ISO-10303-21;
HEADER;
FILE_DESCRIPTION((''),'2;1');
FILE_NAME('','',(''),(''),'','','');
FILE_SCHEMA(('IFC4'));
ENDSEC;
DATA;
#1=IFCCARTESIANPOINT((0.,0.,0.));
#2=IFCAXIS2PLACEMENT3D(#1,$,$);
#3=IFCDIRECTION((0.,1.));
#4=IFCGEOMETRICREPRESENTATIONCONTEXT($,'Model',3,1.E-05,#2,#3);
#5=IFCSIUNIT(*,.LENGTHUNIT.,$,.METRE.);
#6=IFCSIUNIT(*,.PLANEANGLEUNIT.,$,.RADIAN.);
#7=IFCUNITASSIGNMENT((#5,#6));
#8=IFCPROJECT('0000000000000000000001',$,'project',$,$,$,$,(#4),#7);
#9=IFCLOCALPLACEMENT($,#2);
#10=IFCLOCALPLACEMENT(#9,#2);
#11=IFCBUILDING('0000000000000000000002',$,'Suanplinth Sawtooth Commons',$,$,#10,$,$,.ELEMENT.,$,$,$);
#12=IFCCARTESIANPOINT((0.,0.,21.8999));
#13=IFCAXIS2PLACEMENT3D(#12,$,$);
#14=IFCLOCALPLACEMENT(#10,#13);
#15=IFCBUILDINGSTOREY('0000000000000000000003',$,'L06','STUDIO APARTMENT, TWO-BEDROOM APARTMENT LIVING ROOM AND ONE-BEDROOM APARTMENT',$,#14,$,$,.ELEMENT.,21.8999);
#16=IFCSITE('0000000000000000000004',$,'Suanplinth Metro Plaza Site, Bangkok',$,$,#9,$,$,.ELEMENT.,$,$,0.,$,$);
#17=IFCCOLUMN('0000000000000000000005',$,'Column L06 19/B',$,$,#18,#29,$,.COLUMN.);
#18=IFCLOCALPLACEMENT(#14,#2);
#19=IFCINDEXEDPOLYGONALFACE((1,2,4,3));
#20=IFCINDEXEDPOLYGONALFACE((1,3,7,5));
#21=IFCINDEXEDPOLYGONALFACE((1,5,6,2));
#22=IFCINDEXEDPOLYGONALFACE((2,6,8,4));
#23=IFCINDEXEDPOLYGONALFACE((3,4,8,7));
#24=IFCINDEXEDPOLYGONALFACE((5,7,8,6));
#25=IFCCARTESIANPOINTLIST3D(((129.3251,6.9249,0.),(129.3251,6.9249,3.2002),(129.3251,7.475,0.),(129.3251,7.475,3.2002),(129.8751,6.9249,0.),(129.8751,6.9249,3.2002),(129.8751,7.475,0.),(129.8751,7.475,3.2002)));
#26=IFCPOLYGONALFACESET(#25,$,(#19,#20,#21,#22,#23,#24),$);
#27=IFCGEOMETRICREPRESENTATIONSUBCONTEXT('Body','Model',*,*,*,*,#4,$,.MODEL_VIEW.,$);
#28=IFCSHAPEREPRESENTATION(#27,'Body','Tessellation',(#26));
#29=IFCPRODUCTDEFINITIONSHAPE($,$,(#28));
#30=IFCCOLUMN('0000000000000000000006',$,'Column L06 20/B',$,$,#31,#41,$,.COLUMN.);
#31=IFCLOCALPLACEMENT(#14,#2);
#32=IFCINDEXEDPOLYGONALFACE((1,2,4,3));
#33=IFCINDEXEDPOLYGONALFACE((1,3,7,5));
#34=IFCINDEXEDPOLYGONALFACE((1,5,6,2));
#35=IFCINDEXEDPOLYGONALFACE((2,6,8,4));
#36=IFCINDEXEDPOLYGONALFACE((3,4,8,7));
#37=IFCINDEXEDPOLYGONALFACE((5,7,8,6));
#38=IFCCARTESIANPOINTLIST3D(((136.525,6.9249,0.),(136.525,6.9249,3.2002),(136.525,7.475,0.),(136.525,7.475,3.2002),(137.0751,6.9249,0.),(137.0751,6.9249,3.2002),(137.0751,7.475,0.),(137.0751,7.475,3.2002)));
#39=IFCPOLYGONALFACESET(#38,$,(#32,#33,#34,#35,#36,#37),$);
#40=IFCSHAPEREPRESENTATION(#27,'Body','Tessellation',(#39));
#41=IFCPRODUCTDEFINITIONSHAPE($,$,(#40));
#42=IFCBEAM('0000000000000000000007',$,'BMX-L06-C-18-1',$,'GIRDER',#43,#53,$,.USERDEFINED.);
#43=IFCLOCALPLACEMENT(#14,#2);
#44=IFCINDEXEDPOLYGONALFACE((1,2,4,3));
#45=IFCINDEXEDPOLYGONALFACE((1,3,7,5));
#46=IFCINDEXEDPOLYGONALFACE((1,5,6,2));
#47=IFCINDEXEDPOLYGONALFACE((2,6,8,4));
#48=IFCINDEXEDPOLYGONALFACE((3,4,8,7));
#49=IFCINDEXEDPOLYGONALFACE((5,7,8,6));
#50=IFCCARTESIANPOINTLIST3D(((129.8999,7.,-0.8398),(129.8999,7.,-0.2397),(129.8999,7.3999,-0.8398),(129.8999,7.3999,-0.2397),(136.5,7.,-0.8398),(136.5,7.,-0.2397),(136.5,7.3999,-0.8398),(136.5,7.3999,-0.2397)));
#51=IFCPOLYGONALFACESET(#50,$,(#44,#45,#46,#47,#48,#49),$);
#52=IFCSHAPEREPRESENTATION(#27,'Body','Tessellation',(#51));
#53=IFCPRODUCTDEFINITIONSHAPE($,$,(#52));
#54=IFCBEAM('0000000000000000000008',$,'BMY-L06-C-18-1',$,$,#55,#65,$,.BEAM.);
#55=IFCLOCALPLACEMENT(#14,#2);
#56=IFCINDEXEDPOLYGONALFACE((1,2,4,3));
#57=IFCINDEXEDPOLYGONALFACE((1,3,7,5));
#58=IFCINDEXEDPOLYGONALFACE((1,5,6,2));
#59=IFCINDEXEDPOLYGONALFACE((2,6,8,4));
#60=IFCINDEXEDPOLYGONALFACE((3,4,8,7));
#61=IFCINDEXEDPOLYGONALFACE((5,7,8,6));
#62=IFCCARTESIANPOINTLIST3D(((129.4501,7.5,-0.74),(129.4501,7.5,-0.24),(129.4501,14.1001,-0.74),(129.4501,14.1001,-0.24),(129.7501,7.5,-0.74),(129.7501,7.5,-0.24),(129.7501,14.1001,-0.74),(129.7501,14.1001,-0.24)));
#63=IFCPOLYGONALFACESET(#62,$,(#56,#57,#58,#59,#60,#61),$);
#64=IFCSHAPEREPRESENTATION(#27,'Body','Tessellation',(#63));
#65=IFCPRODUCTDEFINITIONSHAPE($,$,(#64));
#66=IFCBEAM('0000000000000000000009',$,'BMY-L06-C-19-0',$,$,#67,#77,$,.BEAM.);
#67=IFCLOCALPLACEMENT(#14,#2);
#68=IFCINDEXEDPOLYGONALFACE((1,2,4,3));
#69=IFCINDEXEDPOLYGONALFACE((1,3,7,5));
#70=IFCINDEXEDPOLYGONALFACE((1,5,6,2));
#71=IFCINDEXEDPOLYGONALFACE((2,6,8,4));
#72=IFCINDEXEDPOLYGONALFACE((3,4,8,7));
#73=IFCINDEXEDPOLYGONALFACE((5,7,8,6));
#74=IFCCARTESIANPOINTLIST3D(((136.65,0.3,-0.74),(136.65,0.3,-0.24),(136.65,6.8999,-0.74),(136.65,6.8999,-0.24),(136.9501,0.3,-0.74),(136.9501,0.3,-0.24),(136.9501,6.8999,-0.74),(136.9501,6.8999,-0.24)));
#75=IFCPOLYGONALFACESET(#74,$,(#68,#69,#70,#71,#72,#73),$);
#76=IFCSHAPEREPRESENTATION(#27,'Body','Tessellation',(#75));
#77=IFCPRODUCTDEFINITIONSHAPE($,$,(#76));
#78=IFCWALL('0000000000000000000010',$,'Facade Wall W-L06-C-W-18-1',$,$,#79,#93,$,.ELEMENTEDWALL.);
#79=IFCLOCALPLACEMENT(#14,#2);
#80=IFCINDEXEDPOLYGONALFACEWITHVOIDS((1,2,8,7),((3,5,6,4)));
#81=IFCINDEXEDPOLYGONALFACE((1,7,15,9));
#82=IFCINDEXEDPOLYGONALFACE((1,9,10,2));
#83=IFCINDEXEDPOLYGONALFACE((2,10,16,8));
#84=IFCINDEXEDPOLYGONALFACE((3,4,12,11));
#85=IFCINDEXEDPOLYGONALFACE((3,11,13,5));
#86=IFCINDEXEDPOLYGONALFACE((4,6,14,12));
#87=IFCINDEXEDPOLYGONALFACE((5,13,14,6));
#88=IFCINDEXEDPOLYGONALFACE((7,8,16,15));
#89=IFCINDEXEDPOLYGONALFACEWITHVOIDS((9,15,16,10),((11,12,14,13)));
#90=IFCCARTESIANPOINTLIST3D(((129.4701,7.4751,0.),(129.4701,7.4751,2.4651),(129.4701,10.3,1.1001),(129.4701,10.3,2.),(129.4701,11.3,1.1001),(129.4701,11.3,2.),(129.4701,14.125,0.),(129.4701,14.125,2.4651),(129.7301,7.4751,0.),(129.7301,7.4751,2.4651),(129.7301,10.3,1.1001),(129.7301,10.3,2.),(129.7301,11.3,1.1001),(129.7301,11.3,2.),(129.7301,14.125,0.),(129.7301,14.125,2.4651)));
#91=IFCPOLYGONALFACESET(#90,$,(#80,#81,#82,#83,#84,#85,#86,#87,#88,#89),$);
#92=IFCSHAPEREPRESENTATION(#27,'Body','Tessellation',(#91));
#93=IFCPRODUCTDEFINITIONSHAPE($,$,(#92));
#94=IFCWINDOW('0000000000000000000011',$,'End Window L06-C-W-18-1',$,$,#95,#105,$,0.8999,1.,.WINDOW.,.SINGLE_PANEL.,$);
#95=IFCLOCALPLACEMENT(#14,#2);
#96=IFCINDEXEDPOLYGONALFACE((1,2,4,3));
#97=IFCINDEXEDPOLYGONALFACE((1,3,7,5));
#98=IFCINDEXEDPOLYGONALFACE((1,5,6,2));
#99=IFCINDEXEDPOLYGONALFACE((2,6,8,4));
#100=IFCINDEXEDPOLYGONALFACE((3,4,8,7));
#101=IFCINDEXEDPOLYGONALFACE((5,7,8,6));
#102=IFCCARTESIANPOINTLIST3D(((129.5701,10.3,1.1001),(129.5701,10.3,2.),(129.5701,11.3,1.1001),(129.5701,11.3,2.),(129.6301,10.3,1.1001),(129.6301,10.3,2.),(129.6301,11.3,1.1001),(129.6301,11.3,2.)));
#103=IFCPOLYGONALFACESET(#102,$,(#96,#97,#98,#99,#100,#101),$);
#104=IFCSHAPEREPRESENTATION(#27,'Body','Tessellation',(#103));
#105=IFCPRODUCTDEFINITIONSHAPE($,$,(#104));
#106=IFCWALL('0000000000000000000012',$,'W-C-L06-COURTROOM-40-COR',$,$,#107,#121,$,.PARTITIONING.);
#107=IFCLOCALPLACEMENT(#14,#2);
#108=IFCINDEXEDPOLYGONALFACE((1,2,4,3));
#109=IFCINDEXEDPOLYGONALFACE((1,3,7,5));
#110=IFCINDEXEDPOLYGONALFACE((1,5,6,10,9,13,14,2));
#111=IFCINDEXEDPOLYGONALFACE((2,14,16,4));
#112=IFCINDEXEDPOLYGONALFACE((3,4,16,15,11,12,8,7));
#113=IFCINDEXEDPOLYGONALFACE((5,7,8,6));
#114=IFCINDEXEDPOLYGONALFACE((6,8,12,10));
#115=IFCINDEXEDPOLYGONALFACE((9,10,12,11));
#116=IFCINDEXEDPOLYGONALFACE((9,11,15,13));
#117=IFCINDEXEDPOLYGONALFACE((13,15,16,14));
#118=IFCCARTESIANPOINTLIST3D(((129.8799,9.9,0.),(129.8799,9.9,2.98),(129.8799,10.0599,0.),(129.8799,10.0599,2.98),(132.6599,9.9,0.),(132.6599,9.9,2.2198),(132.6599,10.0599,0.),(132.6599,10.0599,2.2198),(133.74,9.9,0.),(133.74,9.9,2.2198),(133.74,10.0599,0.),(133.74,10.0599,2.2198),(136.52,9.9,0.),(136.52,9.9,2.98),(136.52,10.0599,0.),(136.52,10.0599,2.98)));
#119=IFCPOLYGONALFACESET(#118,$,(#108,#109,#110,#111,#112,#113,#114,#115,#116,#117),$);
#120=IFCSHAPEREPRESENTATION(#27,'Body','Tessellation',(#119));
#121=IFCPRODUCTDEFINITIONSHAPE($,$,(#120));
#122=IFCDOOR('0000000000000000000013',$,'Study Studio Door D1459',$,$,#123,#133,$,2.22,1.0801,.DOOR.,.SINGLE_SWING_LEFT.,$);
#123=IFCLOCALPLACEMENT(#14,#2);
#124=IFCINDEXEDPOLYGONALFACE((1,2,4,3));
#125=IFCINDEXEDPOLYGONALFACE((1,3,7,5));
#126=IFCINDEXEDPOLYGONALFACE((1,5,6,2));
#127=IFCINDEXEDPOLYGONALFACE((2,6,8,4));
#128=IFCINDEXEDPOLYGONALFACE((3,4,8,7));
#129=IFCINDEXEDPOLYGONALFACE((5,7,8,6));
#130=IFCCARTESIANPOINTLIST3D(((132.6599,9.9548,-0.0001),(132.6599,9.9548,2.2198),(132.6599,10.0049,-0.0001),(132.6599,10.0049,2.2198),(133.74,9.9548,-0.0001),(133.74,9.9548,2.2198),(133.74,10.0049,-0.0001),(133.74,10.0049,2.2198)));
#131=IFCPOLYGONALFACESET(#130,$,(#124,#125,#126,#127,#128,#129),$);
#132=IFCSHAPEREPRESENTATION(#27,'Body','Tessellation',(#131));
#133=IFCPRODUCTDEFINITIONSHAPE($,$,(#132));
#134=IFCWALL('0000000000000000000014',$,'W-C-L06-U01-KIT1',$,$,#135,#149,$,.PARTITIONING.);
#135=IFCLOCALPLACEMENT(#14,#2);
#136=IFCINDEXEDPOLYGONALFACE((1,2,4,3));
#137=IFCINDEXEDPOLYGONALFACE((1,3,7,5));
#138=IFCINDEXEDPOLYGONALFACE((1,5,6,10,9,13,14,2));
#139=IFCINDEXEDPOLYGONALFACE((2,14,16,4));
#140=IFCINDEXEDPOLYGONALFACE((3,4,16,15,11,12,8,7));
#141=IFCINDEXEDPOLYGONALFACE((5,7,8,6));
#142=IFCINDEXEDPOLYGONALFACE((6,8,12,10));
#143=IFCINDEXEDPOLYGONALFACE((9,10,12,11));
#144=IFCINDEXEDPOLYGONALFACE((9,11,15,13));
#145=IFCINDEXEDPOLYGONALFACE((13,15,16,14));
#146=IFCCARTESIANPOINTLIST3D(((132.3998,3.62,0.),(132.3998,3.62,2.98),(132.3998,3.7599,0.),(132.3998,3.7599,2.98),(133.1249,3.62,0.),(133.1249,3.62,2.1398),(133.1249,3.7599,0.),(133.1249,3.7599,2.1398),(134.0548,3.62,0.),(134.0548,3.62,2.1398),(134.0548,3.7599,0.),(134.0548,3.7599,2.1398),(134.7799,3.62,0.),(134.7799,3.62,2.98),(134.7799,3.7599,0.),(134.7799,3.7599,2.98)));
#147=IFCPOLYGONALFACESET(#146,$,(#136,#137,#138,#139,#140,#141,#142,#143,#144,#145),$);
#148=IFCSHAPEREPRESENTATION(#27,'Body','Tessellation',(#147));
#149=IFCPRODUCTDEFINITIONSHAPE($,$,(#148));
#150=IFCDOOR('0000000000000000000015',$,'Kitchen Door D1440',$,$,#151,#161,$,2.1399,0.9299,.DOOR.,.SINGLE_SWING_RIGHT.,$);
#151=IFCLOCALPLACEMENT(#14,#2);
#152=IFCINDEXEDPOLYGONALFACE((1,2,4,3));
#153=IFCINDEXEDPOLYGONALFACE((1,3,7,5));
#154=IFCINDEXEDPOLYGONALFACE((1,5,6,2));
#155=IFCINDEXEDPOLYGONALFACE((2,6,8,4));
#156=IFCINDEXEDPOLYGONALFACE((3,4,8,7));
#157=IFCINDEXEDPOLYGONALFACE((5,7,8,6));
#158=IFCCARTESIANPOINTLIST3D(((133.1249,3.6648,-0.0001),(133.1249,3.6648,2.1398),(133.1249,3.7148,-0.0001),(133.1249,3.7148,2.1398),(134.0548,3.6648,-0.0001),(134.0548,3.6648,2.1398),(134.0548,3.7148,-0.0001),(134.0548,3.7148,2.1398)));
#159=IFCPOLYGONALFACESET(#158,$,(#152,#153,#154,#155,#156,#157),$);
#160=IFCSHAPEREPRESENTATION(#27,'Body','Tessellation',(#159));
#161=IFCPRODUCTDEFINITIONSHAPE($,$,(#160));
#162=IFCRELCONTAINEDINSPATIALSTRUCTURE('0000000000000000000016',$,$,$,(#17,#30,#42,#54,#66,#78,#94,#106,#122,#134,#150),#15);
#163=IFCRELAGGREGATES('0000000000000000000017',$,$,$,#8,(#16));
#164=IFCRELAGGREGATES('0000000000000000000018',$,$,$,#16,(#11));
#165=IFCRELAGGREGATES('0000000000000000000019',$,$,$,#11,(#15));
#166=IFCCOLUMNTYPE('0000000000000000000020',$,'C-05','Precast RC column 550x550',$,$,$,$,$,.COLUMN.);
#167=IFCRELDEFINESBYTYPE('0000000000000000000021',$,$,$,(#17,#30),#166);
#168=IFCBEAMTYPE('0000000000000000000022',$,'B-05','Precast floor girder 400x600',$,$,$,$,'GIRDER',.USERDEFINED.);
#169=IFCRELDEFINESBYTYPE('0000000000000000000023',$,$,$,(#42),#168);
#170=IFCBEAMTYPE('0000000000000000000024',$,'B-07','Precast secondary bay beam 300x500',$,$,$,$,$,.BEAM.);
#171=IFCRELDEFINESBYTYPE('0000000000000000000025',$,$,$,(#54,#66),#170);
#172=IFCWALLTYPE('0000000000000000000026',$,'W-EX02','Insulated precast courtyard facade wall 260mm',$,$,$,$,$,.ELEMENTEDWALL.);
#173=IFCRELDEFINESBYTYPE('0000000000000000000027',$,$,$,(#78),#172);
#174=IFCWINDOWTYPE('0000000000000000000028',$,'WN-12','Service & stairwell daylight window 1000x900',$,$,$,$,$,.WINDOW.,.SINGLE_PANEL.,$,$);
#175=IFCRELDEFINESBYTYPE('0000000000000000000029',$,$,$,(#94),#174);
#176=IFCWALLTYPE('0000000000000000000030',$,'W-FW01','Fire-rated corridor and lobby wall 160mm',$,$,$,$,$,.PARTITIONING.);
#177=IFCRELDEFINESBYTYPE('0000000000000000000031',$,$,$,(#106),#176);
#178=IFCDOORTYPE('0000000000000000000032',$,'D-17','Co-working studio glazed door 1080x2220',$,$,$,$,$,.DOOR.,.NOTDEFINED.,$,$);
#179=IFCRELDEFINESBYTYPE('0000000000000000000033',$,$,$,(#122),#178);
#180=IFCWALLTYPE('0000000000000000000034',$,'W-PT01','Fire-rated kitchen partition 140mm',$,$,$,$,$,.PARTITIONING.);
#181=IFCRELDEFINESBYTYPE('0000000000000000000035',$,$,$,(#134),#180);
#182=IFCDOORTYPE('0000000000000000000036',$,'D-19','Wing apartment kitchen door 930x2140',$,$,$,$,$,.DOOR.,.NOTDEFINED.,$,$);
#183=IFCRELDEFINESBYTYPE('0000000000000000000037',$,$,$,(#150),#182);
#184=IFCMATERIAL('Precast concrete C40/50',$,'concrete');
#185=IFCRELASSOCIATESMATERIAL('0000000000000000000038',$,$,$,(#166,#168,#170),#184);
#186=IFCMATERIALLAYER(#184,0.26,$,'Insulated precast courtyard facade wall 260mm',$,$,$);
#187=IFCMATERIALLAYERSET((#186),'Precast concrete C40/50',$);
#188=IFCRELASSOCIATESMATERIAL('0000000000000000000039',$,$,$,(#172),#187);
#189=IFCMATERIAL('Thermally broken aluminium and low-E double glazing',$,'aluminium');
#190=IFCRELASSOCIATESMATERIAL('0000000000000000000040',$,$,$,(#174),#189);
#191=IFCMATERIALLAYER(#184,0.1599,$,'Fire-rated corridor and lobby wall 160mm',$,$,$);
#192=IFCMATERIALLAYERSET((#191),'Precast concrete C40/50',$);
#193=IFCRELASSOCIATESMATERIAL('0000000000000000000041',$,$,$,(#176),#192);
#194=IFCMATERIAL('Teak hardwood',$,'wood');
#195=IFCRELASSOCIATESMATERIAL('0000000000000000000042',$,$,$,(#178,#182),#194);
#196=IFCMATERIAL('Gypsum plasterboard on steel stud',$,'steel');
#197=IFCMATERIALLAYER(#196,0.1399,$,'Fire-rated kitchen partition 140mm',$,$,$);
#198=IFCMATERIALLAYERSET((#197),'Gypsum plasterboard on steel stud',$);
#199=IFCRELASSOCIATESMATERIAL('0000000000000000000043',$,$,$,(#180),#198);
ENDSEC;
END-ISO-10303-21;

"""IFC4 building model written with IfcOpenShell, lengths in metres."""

from ifc_helpers import new_model, si_unit, direction, frame, frame_2d, origin, origin_2d, place, context, subcontext, project, spatial, rectangle, extrude, material, layer, layer_set, material_profile, profile_set, type_object, element, fill, save


model = new_model("IFC4")

# Units and contexts
model_context = context("Model", 3, precision=1e-05, world=origin(), true_north=direction((0.0, 1.0)))
body_context = subcontext(model_context, "Body", "Model", "MODEL_VIEW")
ifc_project = project(units=[si_unit("LENGTHUNIT", "METRE"), si_unit("PLANEANGLEUNIT", "RADIAN")], contexts=[model_context])

# Site, building, storey
site_placement = place(None, origin())
site = spatial("IfcSite", under=ifc_project, at=site_placement, Name="Suanplinth Metro Plaza Site, Bangkok", CompositionType="ELEMENT", RefElevation=0.0)
building_placement = place(site_placement, origin())
building = spatial("IfcBuilding", under=site, at=building_placement, Name="Suanplinth Sawtooth Commons", CompositionType="ELEMENT")
storey_placement = place(building_placement, frame((0.0, 0.0, 21.8999)))
storey = spatial("IfcBuildingStorey", under=building, at=storey_placement, Name="L06", Description="STUDIO APARTMENT, TWO-BEDROOM APARTMENT LIVING ROOM AND ONE-BEDROOM APARTMENT", CompositionType="ELEMENT", Elevation=21.8999)

# Columns
ifc_material_1 = material(Name="Precast concrete C40/50", Category="concrete")
ifc_material_profile_1 = material_profile(ifc_material_1, rectangle(XDim=0.55, YDim=0.55, at=origin_2d()), Name="PC-COL 550x550")
ifc_profile_set_1 = profile_set([ifc_material_profile_1], Name="Precast concrete C40/50")
column_type = type_object("IfcColumnType", Name="C-05", Description="Precast RC column 550x550", PredefinedType="COLUMN", material=ifc_profile_set_1)
for number, where, z_axis, x_axis, name in (
    (1, (129.6001, 7.2, 0.0), (0.0, 0.0, 1.0), (1.0, 0.0, 0.0), "Column L06 19/B"),
    (2, (136.8, 7.2, 0.0), (0.0, 0.0, 1.0), (1.0, 0.0, 0.0), "Column L06 20/B"),
):
    element("IfcColumn", number, at=place(storey_placement, frame(where, z_axis=z_axis, x_axis=x_axis)), inside=storey, type_object=column_type, Name=name, PredefinedType="COLUMN", context=body_context, shape_type="SweptSolid", body=[
        extrude(rectangle(XDim=0.55, YDim=0.55, at=origin_2d()), origin(), (0.0, 0.0, 1.0), 3.2002),
    ])

# Beams
ifc_material_profile_2 = material_profile(ifc_material_1, rectangle(XDim=0.3999, YDim=0.6001, at=origin_2d()), Name="PC-GDR 400x600")
ifc_profile_set_2 = profile_set([ifc_material_profile_2], Name="Precast concrete C40/50")
beam_type_1 = type_object("IfcBeamType", Name="B-05", Description="Precast floor girder 400x600", ElementType="GIRDER", PredefinedType="USERDEFINED", material=ifc_profile_set_2)
beam_1_placement = place(storey_placement, frame((129.8999, 7.2, -0.5398), z_axis=(1.0, 0.0, 0.0), x_axis=(0.0, 1.0, 0.0)))
element("IfcBeam", 3, at=beam_1_placement, inside=storey, type_object=beam_type_1, Name="BMX-L06-C-18-1", ObjectType="GIRDER", PredefinedType="USERDEFINED", context=body_context, shape_type="SweptSolid", body=[
    extrude(rectangle(XDim=0.3999, YDim=0.6001, at=origin_2d()), origin(), (0.0, 0.0, 1.0), 6.6001),
])
ifc_material_profile_3 = material_profile(ifc_material_1, rectangle(XDim=0.3, YDim=0.5, at=origin_2d()), Name="PC-BM 300x500")
ifc_profile_set_3 = profile_set([ifc_material_profile_3], Name="Precast concrete C40/50")
beam_type_2 = type_object("IfcBeamType", Name="B-07", Description="Precast secondary bay beam 300x500", PredefinedType="BEAM", material=ifc_profile_set_3)
beam_2_placement = place(storey_placement, frame((129.6001, 7.5, -0.49), z_axis=(0.0, 1.0, 0.0), x_axis=(-1.0, 0.0, 0.0)))
element("IfcBeam", 4, at=beam_2_placement, inside=storey, type_object=beam_type_2, Name="BMY-L06-C-18-1", PredefinedType="BEAM", context=body_context, shape_type="SweptSolid", body=[
    extrude(rectangle(XDim=0.3, YDim=0.5, at=origin_2d()), origin(), (0.0, 0.0, 1.0), 6.6001),
])
beam_3_placement = place(storey_placement, frame((136.8, 0.3, -0.49), z_axis=(0.0, 1.0, 0.0), x_axis=(-1.0, 0.0, 0.0)))
element("IfcBeam", 5, at=beam_3_placement, inside=storey, type_object=beam_type_2, Name="BMY-L06-C-19-0", PredefinedType="BEAM", context=body_context, shape_type="SweptSolid", body=[
    extrude(rectangle(XDim=0.3, YDim=0.5, at=origin_2d()), origin(), (0.0, 0.0, 1.0), 6.5999),
])

# Wall, opening, window
ifc_layer_1 = layer(ifc_material_1, 0.26, Name="Insulated precast courtyard facade wall 260mm")
ifc_layer_set_1 = layer_set([ifc_layer_1], Name="Precast concrete C40/50")
wall_type_1 = type_object("IfcWallType", Name="W-EX02", Description="Insulated precast courtyard facade wall 260mm", PredefinedType="ELEMENTEDWALL", material=ifc_layer_set_1)
wall_1_placement = place(storey_placement, frame((129.6001, 7.4751, 0.0), z_axis=(0.0, 0.0, 1.0), x_axis=(0.0, 1.0, 0.0)))
wall_1 = element("IfcWall", 6, at=wall_1_placement, inside=storey, type_object=wall_type_1, Name="Facade Wall W-L06-C-W-18-1", PredefinedType="ELEMENTEDWALL", context=body_context, shape_type="SweptSolid", body=[
    extrude(rectangle(XDim=6.6499, YDim=0.26, at=frame_2d((3.325, 0.0))), origin(), (0.0, 0.0, 1.0), 2.4651),
])
opening_1_placement = place(wall_1_placement, frame((2.825, 0.0, 1.1001)))
opening_1 = element("IfcOpeningElement", 7, at=opening_1_placement, cuts=wall_1, PredefinedType="OPENING", context=body_context, shape_type="SweptSolid", body=[
    extrude(rectangle(XDim=1.0, YDim=0.8999, at=frame_2d((0.5, 0.45))), frame((0.0, 0.145, 0.0), z_axis=(0.0, -1.0, 0.0), x_axis=(1.0, 0.0, 0.0)), (0.0, 0.0, 1.0), 0.2898),
])
ifc_material_2 = material(Name="Thermally broken aluminium and low-E double glazing", Category="aluminium")
window_type = type_object("IfcWindowType", Name="WN-12", Description="Service & stairwell daylight window 1000x900", PartitioningType="SINGLE_PANEL", PredefinedType="WINDOW", material=ifc_material_2)
window_placement = place(opening_1_placement, origin())
window = element("IfcWindow", 8, at=window_placement, inside=storey, type_object=window_type, Name="End Window L06-C-W-18-1", OverallHeight=0.8999, OverallWidth=1.0, PartitioningType="SINGLE_PANEL", PredefinedType="WINDOW", context=body_context, shape_type="SweptSolid", body=[
    extrude(rectangle(XDim=1.0, YDim=0.8999, at=frame_2d((0.5, 0.45))), frame((0.0, 0.03, 0.0), z_axis=(0.0, -1.0, 0.0), x_axis=(1.0, 0.0, 0.0)), (0.0, 0.0, 1.0), 0.0601),
])
fill(opening_1, window)

# Walls, openings, doors
ifc_layer_2 = layer(ifc_material_1, 0.1599, Name="Fire-rated corridor and lobby wall 160mm")
ifc_layer_set_2 = layer_set([ifc_layer_2], Name="Precast concrete C40/50")
wall_type_2 = type_object("IfcWallType", Name="W-FW01", Description="Fire-rated corridor and lobby wall 160mm", PredefinedType="PARTITIONING", material=ifc_layer_set_2)
wall_2_placement = place(storey_placement, frame((129.8799, 9.98, 0.0), z_axis=(0.0, 0.0, 1.0), x_axis=(1.0, 0.0, 0.0)))
wall_2 = element("IfcWall", 9, at=wall_2_placement, inside=storey, type_object=wall_type_2, Name="W-C-L06-COURTROOM-40-COR", PredefinedType="PARTITIONING", context=body_context, shape_type="SweptSolid", body=[
    extrude(rectangle(XDim=6.6401, YDim=0.1599, at=frame_2d((3.3201, 0.0))), origin(), (0.0, 0.0, 1.0), 2.98),
])
opening_2_placement = place(wall_2_placement, frame((2.78, 0.0, 0.0)))
opening_2 = element("IfcOpeningElement", 10, at=opening_2_placement, cuts=wall_2, PredefinedType="OPENING", context=body_context, shape_type="SweptSolid", body=[
    extrude(rectangle(XDim=1.0801, YDim=2.22, at=frame_2d((0.54, 1.1099))), frame((0.0, 0.0947, 0.0), z_axis=(0.0, -1.0, 0.0), x_axis=(1.0, 0.0, 0.0)), (0.0, 0.0, 1.0), 0.1897),
])
ifc_material_3 = material(Name="Teak hardwood", Category="wood")
door_type_1 = type_object("IfcDoorType", Name="D-17", Description="Co-working studio glazed door 1080x2220", OperationType="NOTDEFINED", PredefinedType="DOOR", material=ifc_material_3)
door_1_placement = place(opening_2_placement, origin())
door_1 = element("IfcDoor", 11, at=door_1_placement, inside=storey, type_object=door_type_1, Name="Study Studio Door D1459", OperationType="SINGLE_SWING_LEFT", OverallHeight=2.22, OverallWidth=1.0801, PredefinedType="DOOR", context=body_context, shape_type="SweptSolid", body=[
    extrude(rectangle(XDim=1.0801, YDim=2.22, at=frame_2d((0.54, 1.1099))), frame((0.0, 0.0249, 0.0), z_axis=(0.0, -1.0, 0.0), x_axis=(1.0, 0.0, 0.0)), (0.0, 0.0, 1.0), 0.05),
])
fill(opening_2, door_1)
ifc_material_4 = material(Name="Gypsum plasterboard on steel stud", Category="steel")
ifc_layer_3 = layer(ifc_material_4, 0.1399, Name="Fire-rated kitchen partition 140mm")
ifc_layer_set_3 = layer_set([ifc_layer_3], Name="Gypsum plasterboard on steel stud")
wall_type_3 = type_object("IfcWallType", Name="W-PT01", Description="Fire-rated kitchen partition 140mm", PredefinedType="PARTITIONING", material=ifc_layer_set_3)
wall_3_placement = place(storey_placement, frame((132.3999, 3.6899, 0.0), z_axis=(0.0, 0.0, 1.0), x_axis=(1.0, 0.0, 0.0)))
wall_3 = element("IfcWall", 12, at=wall_3_placement, inside=storey, type_object=wall_type_3, Name="W-C-L06-U01-KIT1", PredefinedType="PARTITIONING", context=body_context, shape_type="SweptSolid", body=[
    extrude(rectangle(XDim=2.3801, YDim=0.1399, at=frame_2d((1.1899, 0.0))), origin(), (0.0, 0.0, 1.0), 2.98),
])
opening_3_placement = place(wall_3_placement, frame((0.7251, 0.0, 0.0)))
opening_3 = element("IfcOpeningElement", 13, at=opening_3_placement, cuts=wall_3, PredefinedType="OPENING", context=body_context, shape_type="SweptSolid", body=[
    extrude(rectangle(XDim=0.9299, YDim=2.1399, at=frame_2d((0.4648, 1.0698))), frame((0.0, 0.085, 0.0), z_axis=(0.0, -1.0, 0.0), x_axis=(1.0, 0.0, 0.0)), (0.0, 0.0, 1.0), 0.1697),
])
door_type_2 = type_object("IfcDoorType", Name="D-19", Description="Wing apartment kitchen door 930x2140", OperationType="NOTDEFINED", PredefinedType="DOOR", material=ifc_material_3)
door_2_placement = place(opening_3_placement, origin())
door_2 = element("IfcDoor", 14, at=door_2_placement, inside=storey, type_object=door_type_2, Name="Kitchen Door D1440", OperationType="SINGLE_SWING_RIGHT", OverallHeight=2.1399, OverallWidth=0.9299, PredefinedType="DOOR", context=body_context, shape_type="SweptSolid", body=[
    extrude(rectangle(XDim=0.9299, YDim=2.1399, at=frame_2d((0.4648, 1.0698))), frame((0.0, 0.0249, 0.0), z_axis=(0.0, -1.0, 0.0), x_axis=(1.0, 0.0, 0.0)), (0.0, 0.0, 1.0), 0.05),
])
fill(opening_3, door_2)

save(model, "model.ifc")
